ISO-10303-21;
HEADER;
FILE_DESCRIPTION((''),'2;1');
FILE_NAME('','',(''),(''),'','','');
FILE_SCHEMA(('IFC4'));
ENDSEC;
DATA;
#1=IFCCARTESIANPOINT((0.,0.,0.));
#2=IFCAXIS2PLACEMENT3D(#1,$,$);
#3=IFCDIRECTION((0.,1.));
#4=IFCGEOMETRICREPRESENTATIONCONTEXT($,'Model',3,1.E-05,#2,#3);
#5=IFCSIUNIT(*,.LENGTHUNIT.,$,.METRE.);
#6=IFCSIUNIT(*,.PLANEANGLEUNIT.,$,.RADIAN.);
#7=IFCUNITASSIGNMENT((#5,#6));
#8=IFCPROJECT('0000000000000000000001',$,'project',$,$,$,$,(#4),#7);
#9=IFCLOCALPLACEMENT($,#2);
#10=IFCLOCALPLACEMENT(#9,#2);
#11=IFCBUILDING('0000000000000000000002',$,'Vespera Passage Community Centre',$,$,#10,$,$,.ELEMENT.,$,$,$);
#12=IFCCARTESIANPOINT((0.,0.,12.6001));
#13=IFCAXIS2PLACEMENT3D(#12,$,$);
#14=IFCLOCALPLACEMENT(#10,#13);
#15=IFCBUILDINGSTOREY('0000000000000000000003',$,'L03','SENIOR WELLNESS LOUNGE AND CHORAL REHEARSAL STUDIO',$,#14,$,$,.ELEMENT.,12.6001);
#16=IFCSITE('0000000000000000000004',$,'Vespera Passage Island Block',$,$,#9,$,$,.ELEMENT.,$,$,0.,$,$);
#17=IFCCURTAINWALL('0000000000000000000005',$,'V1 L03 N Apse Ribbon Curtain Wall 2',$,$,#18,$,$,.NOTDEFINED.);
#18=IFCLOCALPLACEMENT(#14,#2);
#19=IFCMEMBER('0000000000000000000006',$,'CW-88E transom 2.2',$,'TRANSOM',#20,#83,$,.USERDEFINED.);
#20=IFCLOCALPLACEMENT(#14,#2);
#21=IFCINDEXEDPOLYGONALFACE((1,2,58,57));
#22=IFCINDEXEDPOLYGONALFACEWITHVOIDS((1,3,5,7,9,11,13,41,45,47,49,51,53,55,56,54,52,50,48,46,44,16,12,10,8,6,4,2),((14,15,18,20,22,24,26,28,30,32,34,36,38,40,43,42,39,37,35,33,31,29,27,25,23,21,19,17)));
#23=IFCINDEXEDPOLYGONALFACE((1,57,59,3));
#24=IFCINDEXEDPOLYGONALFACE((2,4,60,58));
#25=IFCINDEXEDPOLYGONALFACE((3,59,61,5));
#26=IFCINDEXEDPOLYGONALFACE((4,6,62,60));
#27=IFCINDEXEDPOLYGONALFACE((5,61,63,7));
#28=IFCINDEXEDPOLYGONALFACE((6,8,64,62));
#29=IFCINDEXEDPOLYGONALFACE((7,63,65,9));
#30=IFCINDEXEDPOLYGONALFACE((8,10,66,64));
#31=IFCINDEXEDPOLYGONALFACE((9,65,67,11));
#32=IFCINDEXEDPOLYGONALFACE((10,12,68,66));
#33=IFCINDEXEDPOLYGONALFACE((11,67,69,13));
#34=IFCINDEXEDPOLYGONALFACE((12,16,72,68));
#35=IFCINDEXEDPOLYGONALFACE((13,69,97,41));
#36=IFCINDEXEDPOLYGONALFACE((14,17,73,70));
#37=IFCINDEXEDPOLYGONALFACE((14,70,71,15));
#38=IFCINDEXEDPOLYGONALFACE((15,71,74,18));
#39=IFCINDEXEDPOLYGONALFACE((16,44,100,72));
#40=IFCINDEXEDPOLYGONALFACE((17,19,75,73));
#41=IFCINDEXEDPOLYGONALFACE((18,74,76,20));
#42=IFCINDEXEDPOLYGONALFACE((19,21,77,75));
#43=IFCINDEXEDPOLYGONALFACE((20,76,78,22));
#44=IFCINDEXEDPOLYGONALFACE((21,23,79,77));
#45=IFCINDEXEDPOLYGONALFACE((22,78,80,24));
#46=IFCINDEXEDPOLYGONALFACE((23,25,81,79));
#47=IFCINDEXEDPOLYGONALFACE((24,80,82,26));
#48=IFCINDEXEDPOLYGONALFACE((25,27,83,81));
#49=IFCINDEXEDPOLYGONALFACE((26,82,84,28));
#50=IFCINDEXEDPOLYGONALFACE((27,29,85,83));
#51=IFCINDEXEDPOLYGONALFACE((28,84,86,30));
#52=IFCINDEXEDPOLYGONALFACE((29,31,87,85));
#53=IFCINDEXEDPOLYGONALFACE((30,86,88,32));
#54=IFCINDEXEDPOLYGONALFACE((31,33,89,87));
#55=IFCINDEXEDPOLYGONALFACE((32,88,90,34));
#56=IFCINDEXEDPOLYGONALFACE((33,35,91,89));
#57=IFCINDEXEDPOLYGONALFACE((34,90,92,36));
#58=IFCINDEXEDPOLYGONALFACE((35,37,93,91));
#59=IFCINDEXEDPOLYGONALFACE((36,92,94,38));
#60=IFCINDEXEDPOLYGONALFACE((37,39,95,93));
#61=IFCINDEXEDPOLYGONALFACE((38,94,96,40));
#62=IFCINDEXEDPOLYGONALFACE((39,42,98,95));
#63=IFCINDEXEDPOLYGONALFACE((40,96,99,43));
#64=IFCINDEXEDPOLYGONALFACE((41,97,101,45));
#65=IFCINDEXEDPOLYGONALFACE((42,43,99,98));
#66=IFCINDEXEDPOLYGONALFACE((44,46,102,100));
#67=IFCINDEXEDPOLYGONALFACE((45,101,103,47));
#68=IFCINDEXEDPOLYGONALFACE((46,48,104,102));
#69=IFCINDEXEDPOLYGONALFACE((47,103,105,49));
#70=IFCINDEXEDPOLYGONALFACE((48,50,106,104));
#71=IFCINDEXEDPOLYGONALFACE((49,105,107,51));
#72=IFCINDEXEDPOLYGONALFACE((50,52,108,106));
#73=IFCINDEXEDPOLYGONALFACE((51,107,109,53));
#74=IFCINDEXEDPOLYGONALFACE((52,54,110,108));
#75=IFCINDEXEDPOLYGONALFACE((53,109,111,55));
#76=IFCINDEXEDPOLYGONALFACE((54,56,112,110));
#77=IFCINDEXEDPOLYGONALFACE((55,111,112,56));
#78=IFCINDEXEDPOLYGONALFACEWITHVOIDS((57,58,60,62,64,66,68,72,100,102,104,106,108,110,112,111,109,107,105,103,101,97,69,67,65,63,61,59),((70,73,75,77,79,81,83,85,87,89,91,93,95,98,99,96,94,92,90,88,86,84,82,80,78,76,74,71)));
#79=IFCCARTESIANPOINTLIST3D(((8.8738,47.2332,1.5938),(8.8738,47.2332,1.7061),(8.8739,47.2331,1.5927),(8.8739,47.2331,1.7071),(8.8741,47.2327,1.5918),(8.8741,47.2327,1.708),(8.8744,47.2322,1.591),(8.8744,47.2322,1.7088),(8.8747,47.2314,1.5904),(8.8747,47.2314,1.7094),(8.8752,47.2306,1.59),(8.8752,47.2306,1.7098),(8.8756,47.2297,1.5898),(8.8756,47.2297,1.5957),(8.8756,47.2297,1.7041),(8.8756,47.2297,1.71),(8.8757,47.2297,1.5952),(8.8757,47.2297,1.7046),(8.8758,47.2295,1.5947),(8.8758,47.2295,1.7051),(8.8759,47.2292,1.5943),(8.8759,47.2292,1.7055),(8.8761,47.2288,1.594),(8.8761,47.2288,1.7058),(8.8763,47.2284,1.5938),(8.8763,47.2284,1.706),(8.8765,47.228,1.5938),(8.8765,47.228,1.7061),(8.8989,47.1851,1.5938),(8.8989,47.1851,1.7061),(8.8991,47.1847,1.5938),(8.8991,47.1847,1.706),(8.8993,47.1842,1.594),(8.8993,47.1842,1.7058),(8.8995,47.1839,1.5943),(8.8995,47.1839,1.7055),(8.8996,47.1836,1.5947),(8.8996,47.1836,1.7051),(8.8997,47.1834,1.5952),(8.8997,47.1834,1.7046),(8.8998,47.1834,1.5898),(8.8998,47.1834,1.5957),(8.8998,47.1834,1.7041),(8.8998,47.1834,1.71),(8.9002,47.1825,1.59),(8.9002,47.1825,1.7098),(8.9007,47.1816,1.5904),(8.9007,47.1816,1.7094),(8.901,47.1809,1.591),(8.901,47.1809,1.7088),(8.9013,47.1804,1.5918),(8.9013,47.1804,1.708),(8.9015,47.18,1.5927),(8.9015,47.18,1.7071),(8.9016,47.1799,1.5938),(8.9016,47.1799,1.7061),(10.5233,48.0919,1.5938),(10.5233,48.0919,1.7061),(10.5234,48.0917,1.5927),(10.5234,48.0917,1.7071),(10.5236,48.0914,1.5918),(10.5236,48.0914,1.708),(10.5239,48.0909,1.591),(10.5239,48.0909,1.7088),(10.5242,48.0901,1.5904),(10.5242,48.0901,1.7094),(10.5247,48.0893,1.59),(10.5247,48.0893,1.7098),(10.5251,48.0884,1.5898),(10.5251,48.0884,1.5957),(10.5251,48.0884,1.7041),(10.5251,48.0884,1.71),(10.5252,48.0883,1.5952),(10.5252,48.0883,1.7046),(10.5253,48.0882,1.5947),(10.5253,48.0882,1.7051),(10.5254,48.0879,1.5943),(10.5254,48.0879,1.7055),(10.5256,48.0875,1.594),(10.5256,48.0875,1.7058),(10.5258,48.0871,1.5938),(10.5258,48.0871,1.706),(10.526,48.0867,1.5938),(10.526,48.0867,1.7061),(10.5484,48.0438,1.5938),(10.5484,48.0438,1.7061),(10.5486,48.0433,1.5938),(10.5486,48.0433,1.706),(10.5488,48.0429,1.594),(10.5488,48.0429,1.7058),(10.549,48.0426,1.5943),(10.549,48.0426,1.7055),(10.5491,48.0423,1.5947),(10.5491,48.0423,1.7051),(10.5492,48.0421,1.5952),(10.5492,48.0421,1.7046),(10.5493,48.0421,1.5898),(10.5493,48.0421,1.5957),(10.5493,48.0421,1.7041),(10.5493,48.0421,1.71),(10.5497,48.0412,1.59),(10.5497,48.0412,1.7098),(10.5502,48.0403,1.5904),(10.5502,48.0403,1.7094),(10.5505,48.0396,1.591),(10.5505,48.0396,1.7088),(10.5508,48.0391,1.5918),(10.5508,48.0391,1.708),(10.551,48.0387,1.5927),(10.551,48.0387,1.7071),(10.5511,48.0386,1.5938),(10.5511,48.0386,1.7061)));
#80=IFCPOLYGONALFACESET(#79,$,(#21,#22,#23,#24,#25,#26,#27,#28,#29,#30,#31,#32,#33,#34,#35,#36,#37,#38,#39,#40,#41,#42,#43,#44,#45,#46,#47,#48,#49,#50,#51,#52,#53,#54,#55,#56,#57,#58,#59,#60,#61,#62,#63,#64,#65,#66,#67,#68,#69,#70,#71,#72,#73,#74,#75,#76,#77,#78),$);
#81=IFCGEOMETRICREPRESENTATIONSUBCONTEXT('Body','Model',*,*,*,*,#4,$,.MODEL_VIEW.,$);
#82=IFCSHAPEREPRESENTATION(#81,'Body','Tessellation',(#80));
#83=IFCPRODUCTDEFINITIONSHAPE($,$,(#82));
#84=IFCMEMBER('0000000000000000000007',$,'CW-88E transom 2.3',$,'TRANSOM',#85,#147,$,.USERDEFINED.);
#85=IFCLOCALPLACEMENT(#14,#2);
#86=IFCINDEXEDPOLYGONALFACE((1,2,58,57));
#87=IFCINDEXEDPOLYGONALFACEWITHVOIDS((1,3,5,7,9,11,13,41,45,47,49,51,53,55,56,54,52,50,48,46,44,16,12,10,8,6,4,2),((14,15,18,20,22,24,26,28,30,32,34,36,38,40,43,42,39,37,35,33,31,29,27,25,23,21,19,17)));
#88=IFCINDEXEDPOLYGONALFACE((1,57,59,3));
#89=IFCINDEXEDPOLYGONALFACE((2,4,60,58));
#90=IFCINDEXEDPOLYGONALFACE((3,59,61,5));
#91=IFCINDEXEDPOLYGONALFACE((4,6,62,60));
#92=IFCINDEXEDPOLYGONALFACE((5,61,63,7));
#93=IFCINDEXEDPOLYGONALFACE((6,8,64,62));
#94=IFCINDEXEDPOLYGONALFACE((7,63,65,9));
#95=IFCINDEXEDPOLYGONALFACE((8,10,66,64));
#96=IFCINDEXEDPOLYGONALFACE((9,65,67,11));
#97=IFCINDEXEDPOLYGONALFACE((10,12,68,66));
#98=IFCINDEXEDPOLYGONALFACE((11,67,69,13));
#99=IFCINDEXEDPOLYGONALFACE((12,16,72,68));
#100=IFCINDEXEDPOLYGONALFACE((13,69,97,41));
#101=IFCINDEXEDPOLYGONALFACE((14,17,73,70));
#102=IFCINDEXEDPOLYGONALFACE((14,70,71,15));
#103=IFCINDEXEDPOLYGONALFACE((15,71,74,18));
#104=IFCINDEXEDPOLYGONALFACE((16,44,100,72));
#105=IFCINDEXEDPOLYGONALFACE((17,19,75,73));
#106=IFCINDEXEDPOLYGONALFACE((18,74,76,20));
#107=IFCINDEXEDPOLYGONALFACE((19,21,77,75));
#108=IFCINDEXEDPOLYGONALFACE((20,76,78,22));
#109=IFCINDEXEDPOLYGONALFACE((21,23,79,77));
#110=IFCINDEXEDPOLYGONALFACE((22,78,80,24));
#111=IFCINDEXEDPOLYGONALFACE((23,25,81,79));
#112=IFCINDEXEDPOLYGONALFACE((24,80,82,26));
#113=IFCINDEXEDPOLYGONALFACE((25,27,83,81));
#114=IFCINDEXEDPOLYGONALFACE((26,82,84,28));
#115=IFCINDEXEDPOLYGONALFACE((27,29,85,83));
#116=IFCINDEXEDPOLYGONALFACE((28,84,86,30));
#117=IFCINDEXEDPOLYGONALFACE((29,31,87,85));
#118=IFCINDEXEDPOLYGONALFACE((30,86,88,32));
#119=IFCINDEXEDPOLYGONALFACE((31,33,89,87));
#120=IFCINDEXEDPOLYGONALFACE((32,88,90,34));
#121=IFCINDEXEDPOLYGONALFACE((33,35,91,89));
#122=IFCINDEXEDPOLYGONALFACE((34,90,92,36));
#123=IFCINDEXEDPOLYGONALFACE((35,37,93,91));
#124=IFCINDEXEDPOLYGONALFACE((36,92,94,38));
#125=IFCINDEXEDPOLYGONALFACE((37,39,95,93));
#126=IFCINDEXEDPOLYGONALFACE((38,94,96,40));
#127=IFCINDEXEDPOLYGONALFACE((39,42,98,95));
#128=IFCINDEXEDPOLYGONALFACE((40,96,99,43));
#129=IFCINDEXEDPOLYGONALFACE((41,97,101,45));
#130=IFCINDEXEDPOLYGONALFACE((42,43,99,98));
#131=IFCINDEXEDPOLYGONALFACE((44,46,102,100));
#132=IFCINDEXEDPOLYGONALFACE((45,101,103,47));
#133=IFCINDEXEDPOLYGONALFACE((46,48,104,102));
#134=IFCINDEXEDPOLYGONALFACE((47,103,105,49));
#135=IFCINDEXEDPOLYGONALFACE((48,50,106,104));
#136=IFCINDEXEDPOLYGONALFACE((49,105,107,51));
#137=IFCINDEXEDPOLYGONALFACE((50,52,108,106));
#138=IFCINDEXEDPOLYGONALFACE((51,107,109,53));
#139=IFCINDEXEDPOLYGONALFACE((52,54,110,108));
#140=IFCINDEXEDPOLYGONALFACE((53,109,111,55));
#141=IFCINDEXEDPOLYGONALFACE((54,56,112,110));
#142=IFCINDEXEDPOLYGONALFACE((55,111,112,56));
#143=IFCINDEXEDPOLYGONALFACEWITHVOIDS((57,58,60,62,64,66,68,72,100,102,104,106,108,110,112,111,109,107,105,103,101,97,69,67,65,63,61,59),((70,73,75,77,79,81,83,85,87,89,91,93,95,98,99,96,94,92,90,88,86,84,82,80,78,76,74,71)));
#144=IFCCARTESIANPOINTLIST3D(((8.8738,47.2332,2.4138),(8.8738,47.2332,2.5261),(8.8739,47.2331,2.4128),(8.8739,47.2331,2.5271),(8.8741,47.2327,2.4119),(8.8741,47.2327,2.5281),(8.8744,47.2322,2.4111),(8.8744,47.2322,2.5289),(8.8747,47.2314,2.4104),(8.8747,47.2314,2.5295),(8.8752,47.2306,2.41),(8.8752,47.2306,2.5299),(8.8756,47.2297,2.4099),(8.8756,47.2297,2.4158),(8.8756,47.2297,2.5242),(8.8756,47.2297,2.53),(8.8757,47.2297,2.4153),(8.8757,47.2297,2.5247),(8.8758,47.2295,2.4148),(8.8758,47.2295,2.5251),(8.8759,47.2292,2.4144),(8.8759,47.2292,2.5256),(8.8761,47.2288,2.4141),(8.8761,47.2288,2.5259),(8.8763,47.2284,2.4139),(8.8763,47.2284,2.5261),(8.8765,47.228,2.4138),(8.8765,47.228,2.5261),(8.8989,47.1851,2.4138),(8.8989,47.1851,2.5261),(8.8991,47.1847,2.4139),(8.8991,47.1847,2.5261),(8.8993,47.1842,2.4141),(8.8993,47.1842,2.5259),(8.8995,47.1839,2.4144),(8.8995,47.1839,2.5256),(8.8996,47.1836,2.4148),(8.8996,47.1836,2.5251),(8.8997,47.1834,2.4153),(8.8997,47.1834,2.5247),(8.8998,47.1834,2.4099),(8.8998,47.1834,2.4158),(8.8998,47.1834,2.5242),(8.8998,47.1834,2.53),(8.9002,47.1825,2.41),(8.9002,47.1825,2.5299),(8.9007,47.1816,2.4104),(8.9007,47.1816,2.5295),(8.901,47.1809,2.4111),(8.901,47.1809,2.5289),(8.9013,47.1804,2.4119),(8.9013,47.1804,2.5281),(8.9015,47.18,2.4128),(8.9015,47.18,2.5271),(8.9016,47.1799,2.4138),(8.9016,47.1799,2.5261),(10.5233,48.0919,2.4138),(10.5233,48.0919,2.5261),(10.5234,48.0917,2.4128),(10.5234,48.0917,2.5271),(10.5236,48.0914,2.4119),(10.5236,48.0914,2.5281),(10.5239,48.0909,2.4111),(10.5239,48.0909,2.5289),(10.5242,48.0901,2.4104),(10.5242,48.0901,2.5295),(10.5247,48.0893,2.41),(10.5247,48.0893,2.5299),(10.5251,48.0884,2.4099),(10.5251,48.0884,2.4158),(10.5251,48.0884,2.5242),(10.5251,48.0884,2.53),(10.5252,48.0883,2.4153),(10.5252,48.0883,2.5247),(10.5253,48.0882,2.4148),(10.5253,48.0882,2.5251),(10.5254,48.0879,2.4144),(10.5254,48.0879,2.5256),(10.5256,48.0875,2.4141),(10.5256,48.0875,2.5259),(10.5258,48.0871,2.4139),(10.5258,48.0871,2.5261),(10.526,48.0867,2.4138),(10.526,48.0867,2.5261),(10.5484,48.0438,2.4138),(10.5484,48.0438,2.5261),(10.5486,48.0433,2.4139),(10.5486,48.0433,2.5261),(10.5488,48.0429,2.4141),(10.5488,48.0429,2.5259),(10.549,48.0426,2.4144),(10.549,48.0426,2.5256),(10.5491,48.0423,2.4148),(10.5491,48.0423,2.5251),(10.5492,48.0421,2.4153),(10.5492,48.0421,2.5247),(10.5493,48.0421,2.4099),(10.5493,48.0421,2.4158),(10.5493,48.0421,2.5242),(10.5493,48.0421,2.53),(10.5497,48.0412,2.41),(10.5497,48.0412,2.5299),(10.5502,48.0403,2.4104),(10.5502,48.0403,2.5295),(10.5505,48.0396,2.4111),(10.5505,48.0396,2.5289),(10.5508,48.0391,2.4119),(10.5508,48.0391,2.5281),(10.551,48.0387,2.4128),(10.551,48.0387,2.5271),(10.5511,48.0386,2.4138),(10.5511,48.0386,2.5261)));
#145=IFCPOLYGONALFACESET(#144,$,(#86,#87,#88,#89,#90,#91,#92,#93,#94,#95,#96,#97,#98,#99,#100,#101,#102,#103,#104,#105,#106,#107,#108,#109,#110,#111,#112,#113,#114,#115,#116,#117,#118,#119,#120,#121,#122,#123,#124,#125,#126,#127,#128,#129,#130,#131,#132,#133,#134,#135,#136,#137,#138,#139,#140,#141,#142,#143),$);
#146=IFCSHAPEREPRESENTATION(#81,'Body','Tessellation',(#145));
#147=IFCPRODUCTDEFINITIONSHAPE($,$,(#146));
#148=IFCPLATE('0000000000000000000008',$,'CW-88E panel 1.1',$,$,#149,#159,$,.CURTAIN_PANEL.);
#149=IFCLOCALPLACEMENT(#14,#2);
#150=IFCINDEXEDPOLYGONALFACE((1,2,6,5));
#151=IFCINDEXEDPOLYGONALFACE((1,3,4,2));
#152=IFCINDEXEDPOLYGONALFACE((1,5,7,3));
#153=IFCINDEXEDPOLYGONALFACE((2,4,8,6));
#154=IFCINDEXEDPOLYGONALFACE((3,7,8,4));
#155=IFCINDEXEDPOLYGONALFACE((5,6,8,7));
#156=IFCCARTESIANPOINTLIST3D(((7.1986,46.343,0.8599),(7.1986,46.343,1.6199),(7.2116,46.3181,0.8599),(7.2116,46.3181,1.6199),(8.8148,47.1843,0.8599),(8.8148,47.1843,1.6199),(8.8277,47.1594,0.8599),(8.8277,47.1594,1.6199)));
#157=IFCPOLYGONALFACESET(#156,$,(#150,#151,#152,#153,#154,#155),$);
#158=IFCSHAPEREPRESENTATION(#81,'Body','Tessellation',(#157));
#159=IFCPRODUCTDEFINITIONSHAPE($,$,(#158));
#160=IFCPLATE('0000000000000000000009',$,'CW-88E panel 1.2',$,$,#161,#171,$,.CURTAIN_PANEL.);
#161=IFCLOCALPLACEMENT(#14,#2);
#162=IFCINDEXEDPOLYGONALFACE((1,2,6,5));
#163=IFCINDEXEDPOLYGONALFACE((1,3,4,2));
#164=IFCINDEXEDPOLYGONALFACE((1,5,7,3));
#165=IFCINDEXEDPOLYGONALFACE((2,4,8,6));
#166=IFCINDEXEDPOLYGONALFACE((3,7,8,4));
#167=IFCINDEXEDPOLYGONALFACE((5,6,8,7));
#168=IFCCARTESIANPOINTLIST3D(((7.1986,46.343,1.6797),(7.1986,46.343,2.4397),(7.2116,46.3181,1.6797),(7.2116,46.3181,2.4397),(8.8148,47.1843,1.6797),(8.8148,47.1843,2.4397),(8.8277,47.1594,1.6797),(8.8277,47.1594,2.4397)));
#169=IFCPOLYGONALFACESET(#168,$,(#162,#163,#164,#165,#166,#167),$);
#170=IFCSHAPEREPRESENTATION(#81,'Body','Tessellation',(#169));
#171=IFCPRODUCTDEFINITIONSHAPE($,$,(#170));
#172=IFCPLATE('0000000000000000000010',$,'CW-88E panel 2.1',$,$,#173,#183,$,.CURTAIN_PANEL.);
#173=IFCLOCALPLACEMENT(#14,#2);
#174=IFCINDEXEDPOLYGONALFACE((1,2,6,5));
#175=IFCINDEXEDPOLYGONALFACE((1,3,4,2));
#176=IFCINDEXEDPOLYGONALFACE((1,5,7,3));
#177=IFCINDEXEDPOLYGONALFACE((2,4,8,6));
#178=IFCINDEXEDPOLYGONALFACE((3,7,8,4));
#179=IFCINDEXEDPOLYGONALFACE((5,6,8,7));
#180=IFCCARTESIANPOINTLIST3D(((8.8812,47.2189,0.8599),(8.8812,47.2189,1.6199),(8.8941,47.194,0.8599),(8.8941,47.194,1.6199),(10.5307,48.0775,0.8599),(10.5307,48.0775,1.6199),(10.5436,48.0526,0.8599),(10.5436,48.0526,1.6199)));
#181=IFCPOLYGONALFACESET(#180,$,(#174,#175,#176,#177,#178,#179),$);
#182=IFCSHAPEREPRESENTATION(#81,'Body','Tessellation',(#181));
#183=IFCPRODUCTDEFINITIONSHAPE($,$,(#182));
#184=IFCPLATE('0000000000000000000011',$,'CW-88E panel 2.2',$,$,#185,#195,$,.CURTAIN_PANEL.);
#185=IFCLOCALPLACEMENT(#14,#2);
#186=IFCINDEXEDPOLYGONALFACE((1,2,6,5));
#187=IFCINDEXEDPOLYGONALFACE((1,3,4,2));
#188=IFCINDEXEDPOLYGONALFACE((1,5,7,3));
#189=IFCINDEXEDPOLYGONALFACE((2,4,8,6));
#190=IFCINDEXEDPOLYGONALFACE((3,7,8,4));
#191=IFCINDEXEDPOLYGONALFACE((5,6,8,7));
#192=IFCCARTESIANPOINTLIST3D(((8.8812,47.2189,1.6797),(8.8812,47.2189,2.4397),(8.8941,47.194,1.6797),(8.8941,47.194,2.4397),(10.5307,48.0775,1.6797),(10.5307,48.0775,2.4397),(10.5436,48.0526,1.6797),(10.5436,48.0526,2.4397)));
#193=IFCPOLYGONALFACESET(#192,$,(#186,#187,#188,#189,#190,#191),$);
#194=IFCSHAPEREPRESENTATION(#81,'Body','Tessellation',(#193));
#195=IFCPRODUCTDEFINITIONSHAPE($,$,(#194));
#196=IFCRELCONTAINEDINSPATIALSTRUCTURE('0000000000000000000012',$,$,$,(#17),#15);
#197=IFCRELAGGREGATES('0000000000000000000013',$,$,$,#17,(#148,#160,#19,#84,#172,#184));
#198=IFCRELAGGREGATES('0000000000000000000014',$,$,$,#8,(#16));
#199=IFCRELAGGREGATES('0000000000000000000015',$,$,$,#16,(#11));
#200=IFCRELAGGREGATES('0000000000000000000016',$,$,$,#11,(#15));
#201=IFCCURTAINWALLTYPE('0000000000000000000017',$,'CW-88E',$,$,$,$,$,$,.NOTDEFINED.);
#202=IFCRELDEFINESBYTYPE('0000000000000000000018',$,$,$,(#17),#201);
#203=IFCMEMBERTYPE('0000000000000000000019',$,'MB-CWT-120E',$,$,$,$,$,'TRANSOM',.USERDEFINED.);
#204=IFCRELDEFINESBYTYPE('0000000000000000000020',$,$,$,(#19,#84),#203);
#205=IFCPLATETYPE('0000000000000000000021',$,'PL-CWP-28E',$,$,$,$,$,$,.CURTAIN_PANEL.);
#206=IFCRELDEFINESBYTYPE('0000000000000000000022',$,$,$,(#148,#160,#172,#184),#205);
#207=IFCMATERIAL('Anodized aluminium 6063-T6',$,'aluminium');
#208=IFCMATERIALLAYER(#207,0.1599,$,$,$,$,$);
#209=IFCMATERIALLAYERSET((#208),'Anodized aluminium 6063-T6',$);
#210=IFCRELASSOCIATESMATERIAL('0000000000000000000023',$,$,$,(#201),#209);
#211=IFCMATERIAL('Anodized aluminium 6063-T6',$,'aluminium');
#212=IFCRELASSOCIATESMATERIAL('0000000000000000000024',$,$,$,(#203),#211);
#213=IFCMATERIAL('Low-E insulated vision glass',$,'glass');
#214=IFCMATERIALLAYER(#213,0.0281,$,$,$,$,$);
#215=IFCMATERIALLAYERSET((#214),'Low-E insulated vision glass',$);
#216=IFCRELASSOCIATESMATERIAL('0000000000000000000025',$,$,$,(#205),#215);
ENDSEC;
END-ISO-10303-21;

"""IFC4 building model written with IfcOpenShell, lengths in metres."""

from ifc_helpers import new_model, si_unit, direction, frame, origin, origin_2d, place, context, subcontext, project, spatial, rectangle, hollow_rectangle, extrude, material, layer, layer_set, material_profile, profile_set, type_object, element, aggregate, save


model = new_model("IFC4")

# Units and contexts
model_context = context("Model", 3, precision=1e-05, world=origin(), true_north=direction((0.0, 1.0)))
body_context = subcontext(model_context, "Body", "Model", "MODEL_VIEW")
ifc_project = project(units=[si_unit("LENGTHUNIT", "METRE"), si_unit("PLANEANGLEUNIT", "RADIAN")], contexts=[model_context])

# Site, building, storey
site_placement = place(None, origin())
site = spatial("IfcSite", under=ifc_project, at=site_placement, Name="Vespera Passage Island Block", CompositionType="ELEMENT", RefElevation=0.0)
building_placement = place(site_placement, origin())
building = spatial("IfcBuilding", under=site, at=building_placement, Name="Vespera Passage Community Centre", CompositionType="ELEMENT")
storey_placement = place(building_placement, frame((0.0, 0.0, 12.6001)))
storey = spatial("IfcBuildingStorey", under=building, at=storey_placement, Name="L03", Description="SENIOR WELLNESS LOUNGE AND CHORAL REHEARSAL STUDIO", CompositionType="ELEMENT", Elevation=12.6001)

# Curtain wall, members, plates
ifc_material_1 = material(Name="Anodized aluminium 6063-T6", Category="aluminium")
ifc_layer_1 = layer(ifc_material_1, 0.1599)
ifc_layer_set_1 = layer_set([ifc_layer_1], Name="Anodized aluminium 6063-T6")
curtain_wall_type = type_object("IfcCurtainWallType", Name="CW-88E", PredefinedType="NOTDEFINED", material=ifc_layer_set_1)
curtain_wall_placement = place(storey_placement, origin())
curtain_wall = element("IfcCurtainWall", 1, at=curtain_wall_placement, inside=storey, type_object=curtain_wall_type, Name="V1 L03 N Apse Ribbon Curtain Wall 2", PredefinedType="NOTDEFINED")
ifc_material_2 = material(Name="Anodized aluminium 6063-T6", Category="aluminium")
ifc_material_profile_1 = material_profile(ifc_material_2, hollow_rectangle(XDim=0.0601, YDim=0.1201, WallThickness=0.0039, InnerFilletRadius=0.002, OuterFilletRadius=0.0039, at=origin_2d()), Name="ALU120X60X4")
ifc_profile_set_1 = profile_set([ifc_material_profile_1], Name="Anodized aluminium 6063-T6")
member_type_1 = type_object("IfcMemberType", Name="MB-CWT-120E", ElementType="TRANSOM", PredefinedType="USERDEFINED", material=ifc_profile_set_1)
member_1_placement = place(storey_placement, frame((8.8877, 47.2065, 1.6499), z_axis=(0.887008, 0.461754, 0.0), x_axis=(-0.461754, 0.887008, 0.0)))
member_1 = element("IfcMember", 2, at=member_1_placement, type_object=member_type_1, Name="CW-88E transom 2.2", ObjectType="TRANSOM", PredefinedType="USERDEFINED", context=body_context, shape_type="SweptSolid", body=[
    extrude(hollow_rectangle(XDim=0.0601, YDim=0.1201, WallThickness=0.0039, InnerFilletRadius=0.002, OuterFilletRadius=0.0039, at=origin_2d()), origin(), (0.0, 0.0, 1.0), 1.8596),
])
member_2_placement = place(storey_placement, frame((8.8877, 47.2065, 2.47), z_axis=(0.887008, 0.461754, 0.0), x_axis=(-0.461754, 0.887008, 0.0)))
member_2 = element("IfcMember", 3, at=member_2_placement, type_object=member_type_1, Name="CW-88E transom 2.3", ObjectType="TRANSOM", PredefinedType="USERDEFINED", context=body_context, shape_type="SweptSolid", body=[
    extrude(hollow_rectangle(XDim=0.0601, YDim=0.1201, WallThickness=0.0039, InnerFilletRadius=0.002, OuterFilletRadius=0.0039, at=origin_2d()), origin(), (0.0, 0.0, 1.0), 1.8596),
])
ifc_material_3 = material(Name="Low-E insulated vision glass", Category="glass")
ifc_layer_2 = layer(ifc_material_3, 0.0281)
ifc_layer_set_2 = layer_set([ifc_layer_2], Name="Low-E insulated vision glass")
plate_type = type_object("IfcPlateType", Name="PL-CWP-28E", PredefinedType="CURTAIN_PANEL", material=ifc_layer_set_2)
plate_1_placement = place(storey_placement, frame((8.0132, 46.7512, 0.8599), z_axis=(0.0, 0.0, 1.0), x_axis=(0.887013, 0.461745, 0.0)))
plate_1 = element("IfcPlate", 4, at=plate_1_placement, type_object=plate_type, Name="CW-88E panel 1.1", PredefinedType="CURTAIN_PANEL", context=body_context, shape_type="SweptSolid", body=[
    extrude(rectangle(XDim=1.822, YDim=0.0281, at=origin_2d()), origin(), (0.0, 0.0, 1.0), 0.76),
])
plate_2_placement = place(storey_placement, frame((8.0132, 46.7512, 1.6797), z_axis=(0.0, 0.0, 1.0), x_axis=(0.887013, 0.461745, 0.0)))
plate_2 = element("IfcPlate", 5, at=plate_2_placement, type_object=plate_type, Name="CW-88E panel 1.2", PredefinedType="CURTAIN_PANEL", context=body_context, shape_type="SweptSolid", body=[
    extrude(rectangle(XDim=1.822, YDim=0.0281, at=origin_2d()), origin(), (0.0, 0.0, 1.0), 0.76),
])
plate_3_placement = place(storey_placement, frame((9.7124, 47.6357, 0.8599), z_axis=(0.0, 0.0, 1.0), x_axis=(0.887013, 0.461745, 0.0)))
plate_3 = element("IfcPlate", 6, at=plate_3_placement, type_object=plate_type, Name="CW-88E panel 2.1", PredefinedType="CURTAIN_PANEL", context=body_context, shape_type="SweptSolid", body=[
    extrude(rectangle(XDim=1.8596, YDim=0.0281, at=origin_2d()), origin(), (0.0, 0.0, 1.0), 0.76),
])
plate_4_placement = place(storey_placement, frame((9.7124, 47.6357, 1.6797), z_axis=(0.0, 0.0, 1.0), x_axis=(0.887013, 0.461745, 0.0)))
plate_4 = element("IfcPlate", 7, at=plate_4_placement, type_object=plate_type, Name="CW-88E panel 2.2", PredefinedType="CURTAIN_PANEL", context=body_context, shape_type="SweptSolid", body=[
    extrude(rectangle(XDim=1.8596, YDim=0.0281, at=origin_2d()), origin(), (0.0, 0.0, 1.0), 0.76),
])
aggregate(curtain_wall, [plate_1, plate_2, member_1, member_2, plate_3, plate_4])

save(model, "model.ifc")
